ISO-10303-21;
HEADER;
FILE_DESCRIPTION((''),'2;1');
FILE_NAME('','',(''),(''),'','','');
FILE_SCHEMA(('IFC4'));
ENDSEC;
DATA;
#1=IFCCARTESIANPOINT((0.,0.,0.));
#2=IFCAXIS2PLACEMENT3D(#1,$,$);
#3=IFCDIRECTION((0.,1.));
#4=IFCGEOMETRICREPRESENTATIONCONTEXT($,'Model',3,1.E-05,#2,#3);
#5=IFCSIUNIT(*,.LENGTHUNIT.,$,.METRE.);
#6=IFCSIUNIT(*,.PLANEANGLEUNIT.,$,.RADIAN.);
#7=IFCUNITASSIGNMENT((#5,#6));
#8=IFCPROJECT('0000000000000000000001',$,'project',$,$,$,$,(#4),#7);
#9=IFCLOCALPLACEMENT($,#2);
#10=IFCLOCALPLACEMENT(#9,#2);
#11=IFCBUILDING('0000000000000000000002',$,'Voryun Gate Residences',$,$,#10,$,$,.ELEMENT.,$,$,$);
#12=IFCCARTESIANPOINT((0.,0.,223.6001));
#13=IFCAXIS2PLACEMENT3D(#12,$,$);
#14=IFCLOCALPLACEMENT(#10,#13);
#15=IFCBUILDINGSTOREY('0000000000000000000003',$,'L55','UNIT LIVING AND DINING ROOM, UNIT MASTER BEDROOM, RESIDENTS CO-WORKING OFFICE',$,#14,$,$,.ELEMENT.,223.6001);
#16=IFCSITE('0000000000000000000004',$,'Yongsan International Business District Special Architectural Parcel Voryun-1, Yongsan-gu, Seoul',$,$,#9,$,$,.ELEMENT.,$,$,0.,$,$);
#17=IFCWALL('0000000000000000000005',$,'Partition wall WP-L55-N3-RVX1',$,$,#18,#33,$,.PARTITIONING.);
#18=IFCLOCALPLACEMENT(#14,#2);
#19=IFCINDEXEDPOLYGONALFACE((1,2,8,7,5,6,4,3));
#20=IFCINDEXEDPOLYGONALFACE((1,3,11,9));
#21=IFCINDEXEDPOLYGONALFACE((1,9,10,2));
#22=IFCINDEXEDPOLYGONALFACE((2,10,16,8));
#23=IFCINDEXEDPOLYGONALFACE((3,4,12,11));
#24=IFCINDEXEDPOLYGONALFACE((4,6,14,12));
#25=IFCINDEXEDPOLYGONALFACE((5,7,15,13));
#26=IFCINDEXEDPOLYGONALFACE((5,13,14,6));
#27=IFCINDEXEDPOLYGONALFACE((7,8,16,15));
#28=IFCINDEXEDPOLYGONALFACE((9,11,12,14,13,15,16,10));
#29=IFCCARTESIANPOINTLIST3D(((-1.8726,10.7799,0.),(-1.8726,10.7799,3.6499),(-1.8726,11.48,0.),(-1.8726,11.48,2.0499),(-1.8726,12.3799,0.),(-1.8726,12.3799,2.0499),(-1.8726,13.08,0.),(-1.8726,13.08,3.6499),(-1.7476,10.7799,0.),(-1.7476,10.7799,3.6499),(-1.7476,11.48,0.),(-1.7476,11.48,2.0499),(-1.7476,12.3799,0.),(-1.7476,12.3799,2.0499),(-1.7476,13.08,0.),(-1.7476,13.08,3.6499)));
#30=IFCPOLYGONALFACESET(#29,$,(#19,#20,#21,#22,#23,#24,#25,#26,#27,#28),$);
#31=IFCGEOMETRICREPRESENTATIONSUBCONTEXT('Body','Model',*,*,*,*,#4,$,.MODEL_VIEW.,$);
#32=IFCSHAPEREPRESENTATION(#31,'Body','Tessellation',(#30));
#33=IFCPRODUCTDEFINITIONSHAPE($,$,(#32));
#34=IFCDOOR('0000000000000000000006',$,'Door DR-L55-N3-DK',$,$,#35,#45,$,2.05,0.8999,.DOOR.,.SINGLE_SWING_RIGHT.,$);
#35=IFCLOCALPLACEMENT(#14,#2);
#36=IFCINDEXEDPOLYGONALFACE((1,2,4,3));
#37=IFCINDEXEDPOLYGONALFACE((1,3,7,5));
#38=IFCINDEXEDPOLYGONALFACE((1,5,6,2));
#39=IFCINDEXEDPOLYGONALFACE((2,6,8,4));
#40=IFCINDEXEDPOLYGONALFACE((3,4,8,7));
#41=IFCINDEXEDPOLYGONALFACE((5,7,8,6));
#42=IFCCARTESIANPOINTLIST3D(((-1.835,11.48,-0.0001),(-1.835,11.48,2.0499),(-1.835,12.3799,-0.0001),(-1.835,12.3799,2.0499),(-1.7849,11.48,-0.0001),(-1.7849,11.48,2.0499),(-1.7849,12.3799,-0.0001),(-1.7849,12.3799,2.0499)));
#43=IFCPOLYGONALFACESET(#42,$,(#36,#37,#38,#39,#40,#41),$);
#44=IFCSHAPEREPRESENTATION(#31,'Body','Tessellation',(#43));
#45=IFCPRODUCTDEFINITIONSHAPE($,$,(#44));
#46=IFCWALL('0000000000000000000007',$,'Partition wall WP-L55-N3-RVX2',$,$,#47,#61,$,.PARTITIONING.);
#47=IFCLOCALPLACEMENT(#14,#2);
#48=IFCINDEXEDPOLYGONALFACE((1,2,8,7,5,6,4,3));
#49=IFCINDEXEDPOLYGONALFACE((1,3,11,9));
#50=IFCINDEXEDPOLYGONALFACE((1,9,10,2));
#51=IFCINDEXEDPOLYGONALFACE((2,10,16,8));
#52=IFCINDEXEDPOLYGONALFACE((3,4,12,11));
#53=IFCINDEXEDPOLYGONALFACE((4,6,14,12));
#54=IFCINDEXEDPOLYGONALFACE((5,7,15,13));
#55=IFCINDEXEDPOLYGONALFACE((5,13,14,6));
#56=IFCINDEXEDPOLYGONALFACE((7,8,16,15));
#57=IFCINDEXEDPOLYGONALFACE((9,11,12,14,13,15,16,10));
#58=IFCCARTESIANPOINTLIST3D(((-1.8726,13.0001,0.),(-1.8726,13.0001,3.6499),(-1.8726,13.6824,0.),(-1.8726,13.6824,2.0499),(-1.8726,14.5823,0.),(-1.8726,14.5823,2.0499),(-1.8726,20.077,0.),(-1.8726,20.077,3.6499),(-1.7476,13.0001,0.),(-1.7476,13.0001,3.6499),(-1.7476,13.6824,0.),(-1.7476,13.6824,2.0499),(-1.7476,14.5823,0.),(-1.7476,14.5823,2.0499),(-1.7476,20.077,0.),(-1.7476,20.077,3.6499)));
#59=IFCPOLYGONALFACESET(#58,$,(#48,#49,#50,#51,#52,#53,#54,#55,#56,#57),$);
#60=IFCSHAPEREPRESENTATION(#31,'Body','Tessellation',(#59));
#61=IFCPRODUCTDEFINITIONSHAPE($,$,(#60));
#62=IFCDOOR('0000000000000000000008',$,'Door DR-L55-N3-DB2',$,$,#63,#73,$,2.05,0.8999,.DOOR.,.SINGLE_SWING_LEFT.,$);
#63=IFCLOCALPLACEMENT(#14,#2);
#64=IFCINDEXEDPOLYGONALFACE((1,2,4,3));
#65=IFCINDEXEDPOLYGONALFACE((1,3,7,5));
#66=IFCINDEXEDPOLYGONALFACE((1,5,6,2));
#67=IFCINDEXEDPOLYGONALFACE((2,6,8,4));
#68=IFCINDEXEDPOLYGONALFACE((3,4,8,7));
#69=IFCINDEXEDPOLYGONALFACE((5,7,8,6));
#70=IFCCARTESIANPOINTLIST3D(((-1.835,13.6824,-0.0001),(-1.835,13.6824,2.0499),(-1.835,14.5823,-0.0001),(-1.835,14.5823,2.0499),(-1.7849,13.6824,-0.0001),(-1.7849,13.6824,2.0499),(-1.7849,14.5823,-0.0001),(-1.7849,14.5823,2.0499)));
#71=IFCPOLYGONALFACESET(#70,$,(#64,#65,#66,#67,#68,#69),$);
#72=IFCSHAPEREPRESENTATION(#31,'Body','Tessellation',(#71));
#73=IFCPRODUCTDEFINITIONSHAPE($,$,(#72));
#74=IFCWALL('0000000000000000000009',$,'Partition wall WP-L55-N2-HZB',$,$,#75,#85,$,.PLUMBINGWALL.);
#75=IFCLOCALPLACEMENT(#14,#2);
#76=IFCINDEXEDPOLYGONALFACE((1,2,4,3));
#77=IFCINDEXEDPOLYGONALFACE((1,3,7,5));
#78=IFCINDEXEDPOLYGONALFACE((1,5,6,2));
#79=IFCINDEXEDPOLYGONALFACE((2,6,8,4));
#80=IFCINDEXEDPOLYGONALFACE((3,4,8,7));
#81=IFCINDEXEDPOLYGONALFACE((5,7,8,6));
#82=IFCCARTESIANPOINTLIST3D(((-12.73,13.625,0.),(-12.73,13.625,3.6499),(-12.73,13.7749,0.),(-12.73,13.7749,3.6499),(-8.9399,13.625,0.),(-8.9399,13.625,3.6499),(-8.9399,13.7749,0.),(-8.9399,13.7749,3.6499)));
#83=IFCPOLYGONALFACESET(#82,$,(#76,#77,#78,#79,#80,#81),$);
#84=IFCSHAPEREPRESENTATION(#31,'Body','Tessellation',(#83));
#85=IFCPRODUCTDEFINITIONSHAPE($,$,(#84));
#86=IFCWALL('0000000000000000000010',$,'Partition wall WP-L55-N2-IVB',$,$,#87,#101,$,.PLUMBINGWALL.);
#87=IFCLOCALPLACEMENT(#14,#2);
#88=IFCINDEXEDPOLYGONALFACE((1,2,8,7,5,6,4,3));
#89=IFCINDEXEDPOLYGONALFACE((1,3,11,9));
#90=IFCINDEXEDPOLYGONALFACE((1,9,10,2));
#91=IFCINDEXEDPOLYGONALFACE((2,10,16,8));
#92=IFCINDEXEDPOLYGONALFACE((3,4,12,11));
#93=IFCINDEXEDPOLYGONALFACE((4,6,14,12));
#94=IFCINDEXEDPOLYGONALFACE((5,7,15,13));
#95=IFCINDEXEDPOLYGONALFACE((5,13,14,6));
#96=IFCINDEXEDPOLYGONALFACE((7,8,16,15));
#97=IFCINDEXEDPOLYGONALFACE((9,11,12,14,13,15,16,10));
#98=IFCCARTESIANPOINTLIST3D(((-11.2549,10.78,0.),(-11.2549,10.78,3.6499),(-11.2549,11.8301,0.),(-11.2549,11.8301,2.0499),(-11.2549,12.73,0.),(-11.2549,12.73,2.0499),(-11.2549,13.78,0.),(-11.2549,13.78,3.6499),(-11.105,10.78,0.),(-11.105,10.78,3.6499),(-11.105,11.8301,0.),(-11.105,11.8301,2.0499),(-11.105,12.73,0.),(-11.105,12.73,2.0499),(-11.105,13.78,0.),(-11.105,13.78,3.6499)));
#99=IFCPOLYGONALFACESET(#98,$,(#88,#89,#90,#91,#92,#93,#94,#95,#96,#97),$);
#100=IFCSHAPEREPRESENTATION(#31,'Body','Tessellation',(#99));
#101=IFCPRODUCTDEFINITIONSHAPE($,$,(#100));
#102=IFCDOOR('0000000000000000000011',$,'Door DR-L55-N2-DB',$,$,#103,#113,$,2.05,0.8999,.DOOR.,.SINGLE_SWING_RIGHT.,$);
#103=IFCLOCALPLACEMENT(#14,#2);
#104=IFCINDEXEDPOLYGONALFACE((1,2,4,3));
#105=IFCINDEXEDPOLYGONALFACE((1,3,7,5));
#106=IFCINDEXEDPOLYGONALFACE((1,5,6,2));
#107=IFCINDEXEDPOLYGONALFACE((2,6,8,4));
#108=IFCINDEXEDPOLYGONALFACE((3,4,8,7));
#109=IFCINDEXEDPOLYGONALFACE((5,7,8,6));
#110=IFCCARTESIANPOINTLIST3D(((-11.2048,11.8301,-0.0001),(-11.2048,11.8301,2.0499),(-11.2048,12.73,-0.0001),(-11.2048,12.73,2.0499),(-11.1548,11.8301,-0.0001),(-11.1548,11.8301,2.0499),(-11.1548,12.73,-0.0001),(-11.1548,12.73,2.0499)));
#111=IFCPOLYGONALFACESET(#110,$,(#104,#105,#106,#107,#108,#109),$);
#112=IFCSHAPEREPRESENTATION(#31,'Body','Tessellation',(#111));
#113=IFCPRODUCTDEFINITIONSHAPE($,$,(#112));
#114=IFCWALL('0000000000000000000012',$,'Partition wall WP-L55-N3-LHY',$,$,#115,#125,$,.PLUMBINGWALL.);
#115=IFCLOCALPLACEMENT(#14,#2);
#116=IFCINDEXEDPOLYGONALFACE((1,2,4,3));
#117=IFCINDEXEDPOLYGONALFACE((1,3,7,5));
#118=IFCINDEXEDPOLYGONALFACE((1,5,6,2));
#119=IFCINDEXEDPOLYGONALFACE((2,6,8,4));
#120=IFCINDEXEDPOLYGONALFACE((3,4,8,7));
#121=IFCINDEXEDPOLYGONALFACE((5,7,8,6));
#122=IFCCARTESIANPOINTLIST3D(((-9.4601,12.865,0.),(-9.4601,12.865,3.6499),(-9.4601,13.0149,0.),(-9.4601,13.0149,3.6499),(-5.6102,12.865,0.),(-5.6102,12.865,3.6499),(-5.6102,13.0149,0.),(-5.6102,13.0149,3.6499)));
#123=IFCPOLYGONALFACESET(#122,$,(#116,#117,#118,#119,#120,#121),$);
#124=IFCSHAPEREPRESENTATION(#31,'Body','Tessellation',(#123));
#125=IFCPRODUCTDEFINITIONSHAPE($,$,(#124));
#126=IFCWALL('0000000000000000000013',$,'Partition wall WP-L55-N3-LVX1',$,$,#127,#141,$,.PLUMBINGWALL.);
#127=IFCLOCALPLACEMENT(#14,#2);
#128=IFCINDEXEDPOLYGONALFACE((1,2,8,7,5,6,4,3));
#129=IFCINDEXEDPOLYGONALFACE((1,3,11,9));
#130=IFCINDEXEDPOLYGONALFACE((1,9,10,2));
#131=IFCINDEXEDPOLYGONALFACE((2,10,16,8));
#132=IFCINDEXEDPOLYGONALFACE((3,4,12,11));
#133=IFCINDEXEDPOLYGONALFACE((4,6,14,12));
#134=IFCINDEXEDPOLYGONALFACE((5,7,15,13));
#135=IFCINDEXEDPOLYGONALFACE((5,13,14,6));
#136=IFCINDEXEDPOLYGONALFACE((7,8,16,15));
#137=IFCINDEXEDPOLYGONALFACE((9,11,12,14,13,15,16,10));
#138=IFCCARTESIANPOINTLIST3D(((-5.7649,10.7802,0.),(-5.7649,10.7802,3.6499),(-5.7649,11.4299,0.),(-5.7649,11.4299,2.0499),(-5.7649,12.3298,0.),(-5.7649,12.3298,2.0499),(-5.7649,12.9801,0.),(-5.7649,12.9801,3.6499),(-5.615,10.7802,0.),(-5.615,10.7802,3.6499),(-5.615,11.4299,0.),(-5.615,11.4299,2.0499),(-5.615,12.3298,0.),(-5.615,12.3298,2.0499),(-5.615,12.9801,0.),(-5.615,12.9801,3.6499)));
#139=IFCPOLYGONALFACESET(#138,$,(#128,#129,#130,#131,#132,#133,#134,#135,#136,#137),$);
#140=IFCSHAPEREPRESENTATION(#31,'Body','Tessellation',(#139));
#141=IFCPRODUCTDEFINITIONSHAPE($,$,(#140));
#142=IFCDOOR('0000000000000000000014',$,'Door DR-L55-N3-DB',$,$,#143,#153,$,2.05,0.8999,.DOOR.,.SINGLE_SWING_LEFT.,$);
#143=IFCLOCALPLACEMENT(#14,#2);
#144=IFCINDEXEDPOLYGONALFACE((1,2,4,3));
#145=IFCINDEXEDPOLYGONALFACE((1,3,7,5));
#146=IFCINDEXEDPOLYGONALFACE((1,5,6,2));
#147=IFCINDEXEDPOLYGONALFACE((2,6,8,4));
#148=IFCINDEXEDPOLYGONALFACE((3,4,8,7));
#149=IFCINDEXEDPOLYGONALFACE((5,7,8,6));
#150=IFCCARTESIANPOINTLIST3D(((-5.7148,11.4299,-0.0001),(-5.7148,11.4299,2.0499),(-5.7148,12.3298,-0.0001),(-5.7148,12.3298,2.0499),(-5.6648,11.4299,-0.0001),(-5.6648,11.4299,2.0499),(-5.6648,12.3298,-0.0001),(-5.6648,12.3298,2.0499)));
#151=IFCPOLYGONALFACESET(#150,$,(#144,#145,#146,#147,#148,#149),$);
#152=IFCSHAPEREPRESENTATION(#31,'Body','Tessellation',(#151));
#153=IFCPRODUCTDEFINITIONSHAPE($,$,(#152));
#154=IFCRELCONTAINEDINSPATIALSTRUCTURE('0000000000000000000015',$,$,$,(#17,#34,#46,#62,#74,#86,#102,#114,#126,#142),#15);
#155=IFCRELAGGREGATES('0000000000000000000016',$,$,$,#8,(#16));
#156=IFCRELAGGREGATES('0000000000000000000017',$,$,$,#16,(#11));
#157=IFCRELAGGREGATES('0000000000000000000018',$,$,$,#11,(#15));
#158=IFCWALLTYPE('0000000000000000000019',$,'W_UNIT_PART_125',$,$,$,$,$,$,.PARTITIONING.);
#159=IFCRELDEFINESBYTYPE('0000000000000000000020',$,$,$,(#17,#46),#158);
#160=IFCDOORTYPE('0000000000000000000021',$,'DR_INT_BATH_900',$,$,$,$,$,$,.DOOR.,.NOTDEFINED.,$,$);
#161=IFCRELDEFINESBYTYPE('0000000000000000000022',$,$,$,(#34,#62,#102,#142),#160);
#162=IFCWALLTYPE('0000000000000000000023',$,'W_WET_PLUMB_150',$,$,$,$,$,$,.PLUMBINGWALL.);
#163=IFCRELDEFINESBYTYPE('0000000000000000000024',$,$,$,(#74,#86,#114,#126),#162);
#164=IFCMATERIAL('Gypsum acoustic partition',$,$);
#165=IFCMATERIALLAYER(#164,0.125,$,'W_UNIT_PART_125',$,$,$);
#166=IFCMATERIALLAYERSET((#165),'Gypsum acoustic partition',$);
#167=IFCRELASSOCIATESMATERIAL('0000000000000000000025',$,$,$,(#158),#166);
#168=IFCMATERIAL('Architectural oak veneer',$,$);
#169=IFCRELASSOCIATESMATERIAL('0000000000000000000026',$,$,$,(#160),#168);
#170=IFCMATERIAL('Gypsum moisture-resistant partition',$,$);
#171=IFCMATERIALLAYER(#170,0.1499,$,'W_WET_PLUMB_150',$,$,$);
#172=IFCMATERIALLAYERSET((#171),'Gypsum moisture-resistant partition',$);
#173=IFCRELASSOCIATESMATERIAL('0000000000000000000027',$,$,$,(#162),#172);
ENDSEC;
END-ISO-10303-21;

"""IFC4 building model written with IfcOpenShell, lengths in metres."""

from ifc_helpers import new_model, si_unit, direction, frame, frame_2d, origin, place, context, subcontext, project, spatial, rectangle, extrude, material, layer, layer_set, type_object, element, fill, save


model = new_model("IFC4")

# Units and contexts
model_context = context("Model", 3, precision=1e-05, world=origin(), true_north=direction((0.0, 1.0)))
body_context = subcontext(model_context, "Body", "Model", "MODEL_VIEW")
ifc_project = project(units=[si_unit("LENGTHUNIT", "METRE"), si_unit("PLANEANGLEUNIT", "RADIAN")], contexts=[model_context])

# Site, building, storey
site_placement = place(None, origin())
site = spatial("IfcSite", under=ifc_project, at=site_placement, Name="Yongsan International Business District Special Architectural Parcel Voryun-1, Yongsan-gu, Seoul", CompositionType="ELEMENT", RefElevation=0.0)
building_placement = place(site_placement, origin())
building = spatial("IfcBuilding", under=site, at=building_placement, Name="Voryun Gate Residences", CompositionType="ELEMENT")
storey_placement = place(building_placement, frame((0.0, 0.0, 223.6001)))
storey = spatial("IfcBuildingStorey", under=building, at=storey_placement, Name="L55", Description="UNIT LIVING AND DINING ROOM, UNIT MASTER BEDROOM, RESIDENTS CO-WORKING OFFICE", CompositionType="ELEMENT", Elevation=223.6001)

# Shared definitions
ifc_material_1 = material(Name="Gypsum acoustic partition")
ifc_layer_1 = layer(ifc_material_1, 0.125, Name="W_UNIT_PART_125")
ifc_layer_set_1 = layer_set([ifc_layer_1], Name="Gypsum acoustic partition")
wall_type_1 = type_object("IfcWallType", Name="W_UNIT_PART_125", PredefinedType="PARTITIONING", material=ifc_layer_set_1)
ifc_material_2 = material(Name="Architectural oak veneer")
door_type_1 = type_object("IfcDoorType", Name="DR_INT_BATH_900", OperationType="NOTDEFINED", PredefinedType="DOOR", material=ifc_material_2)

# Walls, openings, doors
wall_1_placement = place(storey_placement, frame((-1.8101, 10.78, 0.0), z_axis=(0.0, 0.0, 1.0), x_axis=(0.0, 1.0, 0.0)))
wall_1 = element("IfcWall", 1, at=wall_1_placement, inside=storey, type_object=wall_type_1, Name="Partition wall WP-L55-N3-RVX1", PredefinedType="PARTITIONING", context=body_context, shape_type="SweptSolid", body=[
    extrude(rectangle(XDim=2.3, YDim=0.125, at=frame_2d((1.1499, 0.0))), origin(), (0.0, 0.0, 1.0), 3.6499),
])
opening_1_placement = place(wall_1_placement, frame((0.7, 0.0, 0.0)))
opening_1 = element("IfcOpeningElement", 2, at=opening_1_placement, cuts=wall_1, PredefinedType="OPENING", context=body_context, shape_type="SweptSolid", body=[
    extrude(rectangle(XDim=0.8999, YDim=2.05, at=frame_2d((0.45, 1.0249))), frame((0.0, 0.0725, 0.0), z_axis=(0.0, -1.0, 0.0), x_axis=(1.0, 0.0, 0.0)), (0.0, 0.0, 1.0), 0.145),
])
door_1_placement = place(opening_1_placement, origin())
door_1 = element("IfcDoor", 3, at=door_1_placement, inside=storey, type_object=door_type_1, Name="Door DR-L55-N3-DK", OperationType="SINGLE_SWING_RIGHT", OverallHeight=2.05, OverallWidth=0.8999, PredefinedType="DOOR", context=body_context, shape_type="SweptSolid", body=[
    extrude(rectangle(XDim=0.8999, YDim=2.05, at=frame_2d((0.45, 1.0249))), frame((0.0, 0.0249, 0.0), z_axis=(0.0, -1.0, 0.0), x_axis=(1.0, 0.0, 0.0)), (0.0, 0.0, 1.0), 0.05),
])
fill(opening_1, door_1)
wall_2_placement = place(storey_placement, frame((-1.8101, 13.0, 0.0), z_axis=(0.0, 0.0, 1.0), x_axis=(0.0, 1.0, 0.0)))
wall_2 = element("IfcWall", 4, at=wall_2_placement, inside=storey, type_object=wall_type_1, Name="Partition wall WP-L55-N3-RVX2", PredefinedType="PARTITIONING", context=body_context, shape_type="SweptSolid", body=[
    extrude(rectangle(XDim=7.0769, YDim=0.125, at=frame_2d((3.5386, 0.0))), origin(), (0.0, 0.0, 1.0), 3.6499),
])
opening_2_placement = place(wall_2_placement, frame((0.6824, 0.0, 0.0)))
opening_2 = element("IfcOpeningElement", 5, at=opening_2_placement, cuts=wall_2, PredefinedType="OPENING", context=body_context, shape_type="SweptSolid", body=[
    extrude(rectangle(XDim=0.8999, YDim=2.05, at=frame_2d((0.45, 1.0249))), frame((0.0, 0.0725, 0.0), z_axis=(0.0, -1.0, 0.0), x_axis=(1.0, 0.0, 0.0)), (0.0, 0.0, 1.0), 0.145),
])
door_2_placement = place(opening_2_placement, origin())
door_2 = element("IfcDoor", 6, at=door_2_placement, inside=storey, type_object=door_type_1, Name="Door DR-L55-N3-DB2", OperationType="SINGLE_SWING_LEFT", OverallHeight=2.05, OverallWidth=0.8999, PredefinedType="DOOR", context=body_context, shape_type="SweptSolid", body=[
    extrude(rectangle(XDim=0.8999, YDim=2.05, at=frame_2d((0.45, 1.0249))), frame((0.0, 0.0249, 0.0), z_axis=(0.0, -1.0, 0.0), x_axis=(1.0, 0.0, 0.0)), (0.0, 0.0, 1.0), 0.05),
])
fill(opening_2, door_2)

# Wall
ifc_material_3 = material(Name="Gypsum moisture-resistant partition")
ifc_layer_2 = layer(ifc_material_3, 0.1499, Name="W_WET_PLUMB_150")
ifc_layer_set_2 = layer_set([ifc_layer_2], Name="Gypsum moisture-resistant partition")
wall_type_2 = type_object("IfcWallType", Name="W_WET_PLUMB_150", PredefinedType="PLUMBINGWALL", material=ifc_layer_set_2)
wall_3_placement = place(storey_placement, frame((-12.73, 13.7, 0.0), z_axis=(0.0, 0.0, 1.0), x_axis=(1.0, 0.0, 0.0)))
element("IfcWall", 7, at=wall_3_placement, inside=storey, type_object=wall_type_2, Name="Partition wall WP-L55-N2-HZB", PredefinedType="PLUMBINGWALL", context=body_context, shape_type="SweptSolid", body=[
    extrude(rectangle(XDim=3.79, YDim=0.1499, at=frame_2d((1.895, 0.0))), origin(), (0.0, 0.0, 1.0), 3.6499),
])

# Wall, opening, door
wall_4_placement = place(storey_placement, frame((-11.1799, 10.78, 0.0), z_axis=(0.0, 0.0, 1.0), x_axis=(0.0, 1.0, 0.0)))
wall_4 = element("IfcWall", 8, at=wall_4_placement, inside=storey, type_object=wall_type_2, Name="Partition wall WP-L55-N2-IVB", PredefinedType="PLUMBINGWALL", context=body_context, shape_type="SweptSolid", body=[
    extrude(rectangle(XDim=3.0, YDim=0.1499, at=frame_2d((1.5, 0.0))), origin(), (0.0, 0.0, 1.0), 3.6499),
])
opening_3_placement = place(wall_4_placement, frame((1.05, 0.0, 0.0)))
opening_3 = element("IfcOpeningElement", 9, at=opening_3_placement, cuts=wall_4, PredefinedType="OPENING", context=body_context, shape_type="SweptSolid", body=[
    extrude(rectangle(XDim=0.8999, YDim=2.05, at=frame_2d((0.45, 1.0249))), frame((0.0, 0.085, 0.0), z_axis=(0.0, -1.0, 0.0), x_axis=(1.0, 0.0, 0.0)), (0.0, 0.0, 1.0), 0.1699),
])
door_3_placement = place(opening_3_placement, origin())
door_3 = element("IfcDoor", 10, at=door_3_placement, inside=storey, type_object=door_type_1, Name="Door DR-L55-N2-DB", OperationType="SINGLE_SWING_RIGHT", OverallHeight=2.05, OverallWidth=0.8999, PredefinedType="DOOR", context=body_context, shape_type="SweptSolid", body=[
    extrude(rectangle(XDim=0.8999, YDim=2.05, at=frame_2d((0.45, 1.0249))), frame((0.0, 0.0249, 0.0), z_axis=(0.0, -1.0, 0.0), x_axis=(1.0, 0.0, 0.0)), (0.0, 0.0, 1.0), 0.05),
])
fill(opening_3, door_3)

# Wall
wall_5_placement = place(storey_placement, frame((-9.46, 12.9399, 0.0), z_axis=(0.0, 0.0, 1.0), x_axis=(1.0, 0.0, 0.0)))
element("IfcWall", 11, at=wall_5_placement, inside=storey, type_object=wall_type_2, Name="Partition wall WP-L55-N3-LHY", PredefinedType="PLUMBINGWALL", context=body_context, shape_type="SweptSolid", body=[
    extrude(rectangle(XDim=3.8499, YDim=0.1499, at=frame_2d((1.9248, 0.0))), origin(), (0.0, 0.0, 1.0), 3.6499),
])

# Wall, opening, door
wall_6_placement = place(storey_placement, frame((-5.6899, 10.78, 0.0), z_axis=(0.0, 0.0, 1.0), x_axis=(0.0, 1.0, 0.0)))
wall_6 = element("IfcWall", 12, at=wall_6_placement, inside=storey, type_object=wall_type_2, Name="Partition wall WP-L55-N3-LVX1", PredefinedType="PLUMBINGWALL", context=body_context, shape_type="SweptSolid", body=[
    extrude(rectangle(XDim=2.2, YDim=0.1499, at=frame_2d((1.1001, 0.0))), origin(), (0.0, 0.0, 1.0), 3.6499),
])
opening_4_placement = place(wall_6_placement, frame((0.6499, 0.0, 0.0)))
opening_4 = element("IfcOpeningElement", 13, at=opening_4_placement, cuts=wall_6, PredefinedType="OPENING", context=body_context, shape_type="SweptSolid", body=[
    extrude(rectangle(XDim=0.8999, YDim=2.05, at=frame_2d((0.45, 1.0249))), frame((0.0, 0.085, 0.0), z_axis=(0.0, -1.0, 0.0), x_axis=(1.0, 0.0, 0.0)), (0.0, 0.0, 1.0), 0.1699),
])
door_4_placement = place(opening_4_placement, origin())
door_4 = element("IfcDoor", 14, at=door_4_placement, inside=storey, type_object=door_type_1, Name="Door DR-L55-N3-DB", OperationType="SINGLE_SWING_LEFT", OverallHeight=2.05, OverallWidth=0.8999, PredefinedType="DOOR", context=body_context, shape_type="SweptSolid", body=[
    extrude(rectangle(XDim=0.8999, YDim=2.05, at=frame_2d((0.45, 1.0249))), frame((0.0, 0.0249, 0.0), z_axis=(0.0, -1.0, 0.0), x_axis=(1.0, 0.0, 0.0)), (0.0, 0.0, 1.0), 0.05),
])
fill(opening_4, door_4)

save(model, "model.ifc")
